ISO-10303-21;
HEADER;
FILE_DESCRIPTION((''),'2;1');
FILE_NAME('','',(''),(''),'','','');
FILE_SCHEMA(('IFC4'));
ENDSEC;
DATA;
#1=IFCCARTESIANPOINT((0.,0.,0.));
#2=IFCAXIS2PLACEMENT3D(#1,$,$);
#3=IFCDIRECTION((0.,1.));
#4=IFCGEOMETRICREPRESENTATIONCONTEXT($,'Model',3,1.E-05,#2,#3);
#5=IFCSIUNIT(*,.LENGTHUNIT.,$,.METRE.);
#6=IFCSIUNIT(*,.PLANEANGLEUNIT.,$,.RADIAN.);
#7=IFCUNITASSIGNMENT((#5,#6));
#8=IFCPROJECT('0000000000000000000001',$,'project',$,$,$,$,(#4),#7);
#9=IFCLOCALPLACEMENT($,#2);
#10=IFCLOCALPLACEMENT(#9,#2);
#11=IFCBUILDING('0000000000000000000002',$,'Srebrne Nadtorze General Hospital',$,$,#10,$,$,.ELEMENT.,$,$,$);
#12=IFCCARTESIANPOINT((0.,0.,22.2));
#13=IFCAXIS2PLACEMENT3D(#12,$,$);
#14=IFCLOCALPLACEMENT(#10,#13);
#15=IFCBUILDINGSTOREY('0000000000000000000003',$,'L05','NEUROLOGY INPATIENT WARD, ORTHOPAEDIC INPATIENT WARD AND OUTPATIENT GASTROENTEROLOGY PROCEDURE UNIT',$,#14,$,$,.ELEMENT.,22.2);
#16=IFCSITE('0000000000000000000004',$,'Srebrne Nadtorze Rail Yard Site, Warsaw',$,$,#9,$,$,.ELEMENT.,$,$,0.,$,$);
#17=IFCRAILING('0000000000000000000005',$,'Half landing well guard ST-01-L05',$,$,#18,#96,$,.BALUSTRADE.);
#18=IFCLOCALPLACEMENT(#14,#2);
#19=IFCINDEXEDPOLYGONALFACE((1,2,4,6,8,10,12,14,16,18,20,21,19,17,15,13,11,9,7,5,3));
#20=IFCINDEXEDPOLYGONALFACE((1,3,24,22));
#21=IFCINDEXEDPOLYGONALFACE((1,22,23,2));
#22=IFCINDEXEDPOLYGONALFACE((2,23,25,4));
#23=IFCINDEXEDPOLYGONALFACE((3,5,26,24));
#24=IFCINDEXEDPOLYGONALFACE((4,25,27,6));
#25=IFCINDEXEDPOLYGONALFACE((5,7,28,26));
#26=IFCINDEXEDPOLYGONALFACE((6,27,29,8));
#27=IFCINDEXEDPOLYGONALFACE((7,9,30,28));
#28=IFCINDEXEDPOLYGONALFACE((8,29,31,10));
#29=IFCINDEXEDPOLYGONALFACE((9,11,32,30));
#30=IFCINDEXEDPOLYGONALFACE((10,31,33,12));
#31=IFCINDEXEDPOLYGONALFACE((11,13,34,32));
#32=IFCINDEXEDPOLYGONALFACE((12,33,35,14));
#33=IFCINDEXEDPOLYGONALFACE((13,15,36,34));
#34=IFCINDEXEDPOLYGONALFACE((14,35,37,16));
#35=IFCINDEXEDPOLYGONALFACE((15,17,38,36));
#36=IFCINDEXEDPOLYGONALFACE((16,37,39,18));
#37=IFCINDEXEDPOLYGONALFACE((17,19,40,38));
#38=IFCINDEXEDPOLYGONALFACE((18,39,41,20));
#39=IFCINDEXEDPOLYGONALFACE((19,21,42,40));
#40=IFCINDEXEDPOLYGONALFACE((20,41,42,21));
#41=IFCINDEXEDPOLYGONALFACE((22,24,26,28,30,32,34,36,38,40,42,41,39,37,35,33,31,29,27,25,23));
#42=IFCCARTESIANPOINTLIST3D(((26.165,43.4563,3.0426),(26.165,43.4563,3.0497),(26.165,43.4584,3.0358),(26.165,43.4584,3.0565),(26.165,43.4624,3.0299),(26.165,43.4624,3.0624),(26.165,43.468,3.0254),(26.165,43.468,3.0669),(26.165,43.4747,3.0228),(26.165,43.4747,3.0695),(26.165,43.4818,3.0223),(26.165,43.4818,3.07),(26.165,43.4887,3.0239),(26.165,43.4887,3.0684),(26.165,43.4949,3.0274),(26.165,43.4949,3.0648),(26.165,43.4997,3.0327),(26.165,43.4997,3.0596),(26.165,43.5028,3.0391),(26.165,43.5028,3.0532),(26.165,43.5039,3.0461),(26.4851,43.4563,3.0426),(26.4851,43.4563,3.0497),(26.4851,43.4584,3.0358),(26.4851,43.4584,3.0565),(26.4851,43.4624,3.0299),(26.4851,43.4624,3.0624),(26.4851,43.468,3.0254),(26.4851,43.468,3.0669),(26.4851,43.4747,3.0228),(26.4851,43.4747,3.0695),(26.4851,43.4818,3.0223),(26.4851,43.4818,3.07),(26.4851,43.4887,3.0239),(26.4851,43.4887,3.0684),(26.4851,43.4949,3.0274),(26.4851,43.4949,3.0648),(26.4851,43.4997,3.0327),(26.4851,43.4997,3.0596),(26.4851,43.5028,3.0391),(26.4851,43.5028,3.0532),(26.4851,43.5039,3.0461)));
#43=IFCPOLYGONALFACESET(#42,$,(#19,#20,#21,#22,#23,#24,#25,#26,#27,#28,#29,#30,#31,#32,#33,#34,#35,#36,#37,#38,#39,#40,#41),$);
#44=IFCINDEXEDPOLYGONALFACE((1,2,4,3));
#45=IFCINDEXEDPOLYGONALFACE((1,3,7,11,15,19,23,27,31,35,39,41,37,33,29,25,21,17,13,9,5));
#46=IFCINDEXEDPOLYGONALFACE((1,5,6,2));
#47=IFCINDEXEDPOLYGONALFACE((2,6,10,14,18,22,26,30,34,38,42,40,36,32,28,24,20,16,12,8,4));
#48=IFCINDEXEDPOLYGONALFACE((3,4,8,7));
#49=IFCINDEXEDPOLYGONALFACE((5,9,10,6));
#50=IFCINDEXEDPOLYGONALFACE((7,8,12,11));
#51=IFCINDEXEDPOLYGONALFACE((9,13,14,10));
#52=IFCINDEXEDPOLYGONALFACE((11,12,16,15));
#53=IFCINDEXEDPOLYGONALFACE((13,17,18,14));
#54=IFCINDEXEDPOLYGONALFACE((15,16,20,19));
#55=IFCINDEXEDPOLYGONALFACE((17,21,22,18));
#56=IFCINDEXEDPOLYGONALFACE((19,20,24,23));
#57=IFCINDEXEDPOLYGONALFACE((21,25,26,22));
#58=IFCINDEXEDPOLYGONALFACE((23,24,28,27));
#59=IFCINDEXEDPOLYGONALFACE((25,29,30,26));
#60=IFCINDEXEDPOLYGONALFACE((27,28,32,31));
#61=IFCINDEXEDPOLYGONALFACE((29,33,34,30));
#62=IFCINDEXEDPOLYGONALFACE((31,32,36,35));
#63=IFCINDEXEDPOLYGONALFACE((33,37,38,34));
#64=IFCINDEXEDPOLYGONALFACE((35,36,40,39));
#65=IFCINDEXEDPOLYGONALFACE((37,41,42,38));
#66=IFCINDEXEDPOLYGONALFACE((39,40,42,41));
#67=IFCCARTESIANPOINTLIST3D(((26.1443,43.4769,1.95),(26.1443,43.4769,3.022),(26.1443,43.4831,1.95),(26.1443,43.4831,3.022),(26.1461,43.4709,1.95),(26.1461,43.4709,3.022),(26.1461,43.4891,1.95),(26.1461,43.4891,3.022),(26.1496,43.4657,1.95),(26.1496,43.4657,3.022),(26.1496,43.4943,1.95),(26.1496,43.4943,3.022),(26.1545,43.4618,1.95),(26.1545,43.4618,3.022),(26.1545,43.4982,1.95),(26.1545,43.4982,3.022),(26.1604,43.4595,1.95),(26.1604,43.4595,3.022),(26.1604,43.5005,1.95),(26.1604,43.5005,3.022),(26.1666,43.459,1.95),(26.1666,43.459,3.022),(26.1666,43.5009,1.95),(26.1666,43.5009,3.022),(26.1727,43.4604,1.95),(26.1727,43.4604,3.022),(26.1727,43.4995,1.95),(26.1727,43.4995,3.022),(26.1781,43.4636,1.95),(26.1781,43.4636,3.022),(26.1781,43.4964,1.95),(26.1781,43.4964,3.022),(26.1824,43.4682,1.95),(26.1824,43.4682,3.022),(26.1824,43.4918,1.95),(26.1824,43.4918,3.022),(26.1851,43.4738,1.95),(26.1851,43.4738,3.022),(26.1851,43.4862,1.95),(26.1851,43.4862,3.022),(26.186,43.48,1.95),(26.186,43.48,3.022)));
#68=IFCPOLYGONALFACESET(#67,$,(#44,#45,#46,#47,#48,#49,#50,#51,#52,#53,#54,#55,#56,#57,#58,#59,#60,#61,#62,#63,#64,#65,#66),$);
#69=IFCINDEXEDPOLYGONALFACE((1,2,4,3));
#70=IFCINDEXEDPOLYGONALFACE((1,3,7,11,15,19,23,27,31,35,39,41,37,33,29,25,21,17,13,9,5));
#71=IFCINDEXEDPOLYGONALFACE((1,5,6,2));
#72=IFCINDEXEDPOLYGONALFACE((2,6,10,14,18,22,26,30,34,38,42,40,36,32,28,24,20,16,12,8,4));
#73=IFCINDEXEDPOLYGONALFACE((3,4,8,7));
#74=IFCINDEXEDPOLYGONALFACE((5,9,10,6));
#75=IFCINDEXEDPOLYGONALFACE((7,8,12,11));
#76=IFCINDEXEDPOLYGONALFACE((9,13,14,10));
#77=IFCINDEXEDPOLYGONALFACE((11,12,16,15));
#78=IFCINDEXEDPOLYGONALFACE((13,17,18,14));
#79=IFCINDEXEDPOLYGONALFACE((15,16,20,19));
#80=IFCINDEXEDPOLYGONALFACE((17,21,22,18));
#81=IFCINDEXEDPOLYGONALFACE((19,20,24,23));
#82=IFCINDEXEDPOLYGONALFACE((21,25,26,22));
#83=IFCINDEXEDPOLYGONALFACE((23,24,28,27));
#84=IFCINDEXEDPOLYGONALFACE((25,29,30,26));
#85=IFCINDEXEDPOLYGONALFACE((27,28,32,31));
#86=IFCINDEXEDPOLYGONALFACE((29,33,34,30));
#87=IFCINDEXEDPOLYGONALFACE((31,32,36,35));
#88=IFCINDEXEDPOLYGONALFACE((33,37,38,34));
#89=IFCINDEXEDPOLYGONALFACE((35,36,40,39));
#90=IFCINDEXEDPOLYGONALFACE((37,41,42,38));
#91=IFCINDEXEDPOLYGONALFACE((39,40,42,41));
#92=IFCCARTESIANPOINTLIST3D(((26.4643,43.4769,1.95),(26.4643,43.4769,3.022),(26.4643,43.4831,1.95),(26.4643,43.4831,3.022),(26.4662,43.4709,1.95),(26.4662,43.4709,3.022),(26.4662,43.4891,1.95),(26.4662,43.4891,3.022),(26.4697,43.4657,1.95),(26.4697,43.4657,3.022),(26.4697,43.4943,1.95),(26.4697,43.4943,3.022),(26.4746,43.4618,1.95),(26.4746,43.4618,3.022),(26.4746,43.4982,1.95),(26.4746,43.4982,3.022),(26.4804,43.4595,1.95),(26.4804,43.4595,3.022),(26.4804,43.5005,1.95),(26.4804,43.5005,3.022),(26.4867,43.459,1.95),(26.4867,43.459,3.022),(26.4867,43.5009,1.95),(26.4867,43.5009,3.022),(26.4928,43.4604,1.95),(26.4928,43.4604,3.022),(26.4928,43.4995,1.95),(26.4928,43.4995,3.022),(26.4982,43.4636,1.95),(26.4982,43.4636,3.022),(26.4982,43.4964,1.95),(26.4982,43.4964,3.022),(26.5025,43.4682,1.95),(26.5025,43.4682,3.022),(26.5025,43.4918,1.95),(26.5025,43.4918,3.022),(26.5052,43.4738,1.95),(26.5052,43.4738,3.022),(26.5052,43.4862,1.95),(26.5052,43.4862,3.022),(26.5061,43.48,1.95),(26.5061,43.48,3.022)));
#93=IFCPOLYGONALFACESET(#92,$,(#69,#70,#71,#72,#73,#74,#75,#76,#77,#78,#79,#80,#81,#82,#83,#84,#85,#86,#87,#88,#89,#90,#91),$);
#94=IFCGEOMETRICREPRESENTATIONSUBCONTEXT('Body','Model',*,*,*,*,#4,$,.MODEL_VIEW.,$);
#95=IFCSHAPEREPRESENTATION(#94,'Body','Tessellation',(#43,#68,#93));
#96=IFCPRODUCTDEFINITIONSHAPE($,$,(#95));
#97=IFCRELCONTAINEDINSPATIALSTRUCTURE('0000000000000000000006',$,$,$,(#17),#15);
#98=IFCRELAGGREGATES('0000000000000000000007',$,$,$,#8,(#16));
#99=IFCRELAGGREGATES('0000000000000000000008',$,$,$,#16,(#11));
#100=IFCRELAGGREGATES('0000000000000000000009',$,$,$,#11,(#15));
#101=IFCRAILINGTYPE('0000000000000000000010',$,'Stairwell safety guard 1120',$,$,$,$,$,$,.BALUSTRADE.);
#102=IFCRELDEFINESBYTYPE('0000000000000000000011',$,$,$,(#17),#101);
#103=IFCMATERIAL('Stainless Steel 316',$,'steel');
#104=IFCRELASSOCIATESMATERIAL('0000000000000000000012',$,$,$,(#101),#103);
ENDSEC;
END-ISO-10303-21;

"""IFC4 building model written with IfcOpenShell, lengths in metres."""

from ifc_helpers import new_model, si_unit, direction, frame, origin, origin_2d, place, context, subcontext, project, spatial, circle, extrude, material, type_object, element, save


model = new_model("IFC4")

# Units and contexts
model_context = context("Model", 3, precision=1e-05, world=origin(), true_north=direction((0.0, 1.0)))
body_context = subcontext(model_context, "Body", "Model", "MODEL_VIEW")
ifc_project = project(units=[si_unit("LENGTHUNIT", "METRE"), si_unit("PLANEANGLEUNIT", "RADIAN")], contexts=[model_context])

# Site, building, storey
site_placement = place(None, origin())
site = spatial("IfcSite", under=ifc_project, at=site_placement, Name="Srebrne Nadtorze Rail Yard Site, Warsaw", CompositionType="ELEMENT", RefElevation=0.0)
building_placement = place(site_placement, origin())
building = spatial("IfcBuilding", under=site, at=building_placement, Name="Srebrne Nadtorze General Hospital", CompositionType="ELEMENT")
storey_placement = place(building_placement, frame((0.0, 0.0, 22.2)))
storey = spatial("IfcBuildingStorey", under=building, at=storey_placement, Name="L05", Description="NEUROLOGY INPATIENT WARD, ORTHOPAEDIC INPATIENT WARD AND OUTPATIENT GASTROENTEROLOGY PROCEDURE UNIT", CompositionType="ELEMENT", Elevation=22.2)

# Railing
ifc_material_1 = material(Name="Stainless Steel 316", Category="steel")
railing_type_1 = type_object("IfcRailingType", Name="Stairwell safety guard 1120", PredefinedType="BALUSTRADE", material=ifc_material_1)
railing_1_placement = place(storey_placement, frame((26.165, 43.48, 1.95)))
element("IfcRailing", 1, at=railing_1_placement, inside=storey, type_object=railing_type_1, Name="Half landing well guard ST-01-L05", PredefinedType="BALUSTRADE", context=body_context, shape_type="SweptSolid", body=[
    extrude(circle(Radius=0.0239, at=origin_2d()), frame((0.0, 0.0, 1.0962), z_axis=(1.0, 0.0, 0.0), x_axis=(0.0, 1.0, 0.0)), (0.0, 0.0, 1.0), 0.3201),
    extrude(circle(Radius=0.021, at=origin_2d()), origin(), (0.0, 0.0, 1.0), 1.072),
    extrude(circle(Radius=0.021, at=origin_2d()), frame((0.3201, 0.0, 0.0)), (0.0, 0.0, 1.0), 1.072),
])

save(model, "model.ifc")
